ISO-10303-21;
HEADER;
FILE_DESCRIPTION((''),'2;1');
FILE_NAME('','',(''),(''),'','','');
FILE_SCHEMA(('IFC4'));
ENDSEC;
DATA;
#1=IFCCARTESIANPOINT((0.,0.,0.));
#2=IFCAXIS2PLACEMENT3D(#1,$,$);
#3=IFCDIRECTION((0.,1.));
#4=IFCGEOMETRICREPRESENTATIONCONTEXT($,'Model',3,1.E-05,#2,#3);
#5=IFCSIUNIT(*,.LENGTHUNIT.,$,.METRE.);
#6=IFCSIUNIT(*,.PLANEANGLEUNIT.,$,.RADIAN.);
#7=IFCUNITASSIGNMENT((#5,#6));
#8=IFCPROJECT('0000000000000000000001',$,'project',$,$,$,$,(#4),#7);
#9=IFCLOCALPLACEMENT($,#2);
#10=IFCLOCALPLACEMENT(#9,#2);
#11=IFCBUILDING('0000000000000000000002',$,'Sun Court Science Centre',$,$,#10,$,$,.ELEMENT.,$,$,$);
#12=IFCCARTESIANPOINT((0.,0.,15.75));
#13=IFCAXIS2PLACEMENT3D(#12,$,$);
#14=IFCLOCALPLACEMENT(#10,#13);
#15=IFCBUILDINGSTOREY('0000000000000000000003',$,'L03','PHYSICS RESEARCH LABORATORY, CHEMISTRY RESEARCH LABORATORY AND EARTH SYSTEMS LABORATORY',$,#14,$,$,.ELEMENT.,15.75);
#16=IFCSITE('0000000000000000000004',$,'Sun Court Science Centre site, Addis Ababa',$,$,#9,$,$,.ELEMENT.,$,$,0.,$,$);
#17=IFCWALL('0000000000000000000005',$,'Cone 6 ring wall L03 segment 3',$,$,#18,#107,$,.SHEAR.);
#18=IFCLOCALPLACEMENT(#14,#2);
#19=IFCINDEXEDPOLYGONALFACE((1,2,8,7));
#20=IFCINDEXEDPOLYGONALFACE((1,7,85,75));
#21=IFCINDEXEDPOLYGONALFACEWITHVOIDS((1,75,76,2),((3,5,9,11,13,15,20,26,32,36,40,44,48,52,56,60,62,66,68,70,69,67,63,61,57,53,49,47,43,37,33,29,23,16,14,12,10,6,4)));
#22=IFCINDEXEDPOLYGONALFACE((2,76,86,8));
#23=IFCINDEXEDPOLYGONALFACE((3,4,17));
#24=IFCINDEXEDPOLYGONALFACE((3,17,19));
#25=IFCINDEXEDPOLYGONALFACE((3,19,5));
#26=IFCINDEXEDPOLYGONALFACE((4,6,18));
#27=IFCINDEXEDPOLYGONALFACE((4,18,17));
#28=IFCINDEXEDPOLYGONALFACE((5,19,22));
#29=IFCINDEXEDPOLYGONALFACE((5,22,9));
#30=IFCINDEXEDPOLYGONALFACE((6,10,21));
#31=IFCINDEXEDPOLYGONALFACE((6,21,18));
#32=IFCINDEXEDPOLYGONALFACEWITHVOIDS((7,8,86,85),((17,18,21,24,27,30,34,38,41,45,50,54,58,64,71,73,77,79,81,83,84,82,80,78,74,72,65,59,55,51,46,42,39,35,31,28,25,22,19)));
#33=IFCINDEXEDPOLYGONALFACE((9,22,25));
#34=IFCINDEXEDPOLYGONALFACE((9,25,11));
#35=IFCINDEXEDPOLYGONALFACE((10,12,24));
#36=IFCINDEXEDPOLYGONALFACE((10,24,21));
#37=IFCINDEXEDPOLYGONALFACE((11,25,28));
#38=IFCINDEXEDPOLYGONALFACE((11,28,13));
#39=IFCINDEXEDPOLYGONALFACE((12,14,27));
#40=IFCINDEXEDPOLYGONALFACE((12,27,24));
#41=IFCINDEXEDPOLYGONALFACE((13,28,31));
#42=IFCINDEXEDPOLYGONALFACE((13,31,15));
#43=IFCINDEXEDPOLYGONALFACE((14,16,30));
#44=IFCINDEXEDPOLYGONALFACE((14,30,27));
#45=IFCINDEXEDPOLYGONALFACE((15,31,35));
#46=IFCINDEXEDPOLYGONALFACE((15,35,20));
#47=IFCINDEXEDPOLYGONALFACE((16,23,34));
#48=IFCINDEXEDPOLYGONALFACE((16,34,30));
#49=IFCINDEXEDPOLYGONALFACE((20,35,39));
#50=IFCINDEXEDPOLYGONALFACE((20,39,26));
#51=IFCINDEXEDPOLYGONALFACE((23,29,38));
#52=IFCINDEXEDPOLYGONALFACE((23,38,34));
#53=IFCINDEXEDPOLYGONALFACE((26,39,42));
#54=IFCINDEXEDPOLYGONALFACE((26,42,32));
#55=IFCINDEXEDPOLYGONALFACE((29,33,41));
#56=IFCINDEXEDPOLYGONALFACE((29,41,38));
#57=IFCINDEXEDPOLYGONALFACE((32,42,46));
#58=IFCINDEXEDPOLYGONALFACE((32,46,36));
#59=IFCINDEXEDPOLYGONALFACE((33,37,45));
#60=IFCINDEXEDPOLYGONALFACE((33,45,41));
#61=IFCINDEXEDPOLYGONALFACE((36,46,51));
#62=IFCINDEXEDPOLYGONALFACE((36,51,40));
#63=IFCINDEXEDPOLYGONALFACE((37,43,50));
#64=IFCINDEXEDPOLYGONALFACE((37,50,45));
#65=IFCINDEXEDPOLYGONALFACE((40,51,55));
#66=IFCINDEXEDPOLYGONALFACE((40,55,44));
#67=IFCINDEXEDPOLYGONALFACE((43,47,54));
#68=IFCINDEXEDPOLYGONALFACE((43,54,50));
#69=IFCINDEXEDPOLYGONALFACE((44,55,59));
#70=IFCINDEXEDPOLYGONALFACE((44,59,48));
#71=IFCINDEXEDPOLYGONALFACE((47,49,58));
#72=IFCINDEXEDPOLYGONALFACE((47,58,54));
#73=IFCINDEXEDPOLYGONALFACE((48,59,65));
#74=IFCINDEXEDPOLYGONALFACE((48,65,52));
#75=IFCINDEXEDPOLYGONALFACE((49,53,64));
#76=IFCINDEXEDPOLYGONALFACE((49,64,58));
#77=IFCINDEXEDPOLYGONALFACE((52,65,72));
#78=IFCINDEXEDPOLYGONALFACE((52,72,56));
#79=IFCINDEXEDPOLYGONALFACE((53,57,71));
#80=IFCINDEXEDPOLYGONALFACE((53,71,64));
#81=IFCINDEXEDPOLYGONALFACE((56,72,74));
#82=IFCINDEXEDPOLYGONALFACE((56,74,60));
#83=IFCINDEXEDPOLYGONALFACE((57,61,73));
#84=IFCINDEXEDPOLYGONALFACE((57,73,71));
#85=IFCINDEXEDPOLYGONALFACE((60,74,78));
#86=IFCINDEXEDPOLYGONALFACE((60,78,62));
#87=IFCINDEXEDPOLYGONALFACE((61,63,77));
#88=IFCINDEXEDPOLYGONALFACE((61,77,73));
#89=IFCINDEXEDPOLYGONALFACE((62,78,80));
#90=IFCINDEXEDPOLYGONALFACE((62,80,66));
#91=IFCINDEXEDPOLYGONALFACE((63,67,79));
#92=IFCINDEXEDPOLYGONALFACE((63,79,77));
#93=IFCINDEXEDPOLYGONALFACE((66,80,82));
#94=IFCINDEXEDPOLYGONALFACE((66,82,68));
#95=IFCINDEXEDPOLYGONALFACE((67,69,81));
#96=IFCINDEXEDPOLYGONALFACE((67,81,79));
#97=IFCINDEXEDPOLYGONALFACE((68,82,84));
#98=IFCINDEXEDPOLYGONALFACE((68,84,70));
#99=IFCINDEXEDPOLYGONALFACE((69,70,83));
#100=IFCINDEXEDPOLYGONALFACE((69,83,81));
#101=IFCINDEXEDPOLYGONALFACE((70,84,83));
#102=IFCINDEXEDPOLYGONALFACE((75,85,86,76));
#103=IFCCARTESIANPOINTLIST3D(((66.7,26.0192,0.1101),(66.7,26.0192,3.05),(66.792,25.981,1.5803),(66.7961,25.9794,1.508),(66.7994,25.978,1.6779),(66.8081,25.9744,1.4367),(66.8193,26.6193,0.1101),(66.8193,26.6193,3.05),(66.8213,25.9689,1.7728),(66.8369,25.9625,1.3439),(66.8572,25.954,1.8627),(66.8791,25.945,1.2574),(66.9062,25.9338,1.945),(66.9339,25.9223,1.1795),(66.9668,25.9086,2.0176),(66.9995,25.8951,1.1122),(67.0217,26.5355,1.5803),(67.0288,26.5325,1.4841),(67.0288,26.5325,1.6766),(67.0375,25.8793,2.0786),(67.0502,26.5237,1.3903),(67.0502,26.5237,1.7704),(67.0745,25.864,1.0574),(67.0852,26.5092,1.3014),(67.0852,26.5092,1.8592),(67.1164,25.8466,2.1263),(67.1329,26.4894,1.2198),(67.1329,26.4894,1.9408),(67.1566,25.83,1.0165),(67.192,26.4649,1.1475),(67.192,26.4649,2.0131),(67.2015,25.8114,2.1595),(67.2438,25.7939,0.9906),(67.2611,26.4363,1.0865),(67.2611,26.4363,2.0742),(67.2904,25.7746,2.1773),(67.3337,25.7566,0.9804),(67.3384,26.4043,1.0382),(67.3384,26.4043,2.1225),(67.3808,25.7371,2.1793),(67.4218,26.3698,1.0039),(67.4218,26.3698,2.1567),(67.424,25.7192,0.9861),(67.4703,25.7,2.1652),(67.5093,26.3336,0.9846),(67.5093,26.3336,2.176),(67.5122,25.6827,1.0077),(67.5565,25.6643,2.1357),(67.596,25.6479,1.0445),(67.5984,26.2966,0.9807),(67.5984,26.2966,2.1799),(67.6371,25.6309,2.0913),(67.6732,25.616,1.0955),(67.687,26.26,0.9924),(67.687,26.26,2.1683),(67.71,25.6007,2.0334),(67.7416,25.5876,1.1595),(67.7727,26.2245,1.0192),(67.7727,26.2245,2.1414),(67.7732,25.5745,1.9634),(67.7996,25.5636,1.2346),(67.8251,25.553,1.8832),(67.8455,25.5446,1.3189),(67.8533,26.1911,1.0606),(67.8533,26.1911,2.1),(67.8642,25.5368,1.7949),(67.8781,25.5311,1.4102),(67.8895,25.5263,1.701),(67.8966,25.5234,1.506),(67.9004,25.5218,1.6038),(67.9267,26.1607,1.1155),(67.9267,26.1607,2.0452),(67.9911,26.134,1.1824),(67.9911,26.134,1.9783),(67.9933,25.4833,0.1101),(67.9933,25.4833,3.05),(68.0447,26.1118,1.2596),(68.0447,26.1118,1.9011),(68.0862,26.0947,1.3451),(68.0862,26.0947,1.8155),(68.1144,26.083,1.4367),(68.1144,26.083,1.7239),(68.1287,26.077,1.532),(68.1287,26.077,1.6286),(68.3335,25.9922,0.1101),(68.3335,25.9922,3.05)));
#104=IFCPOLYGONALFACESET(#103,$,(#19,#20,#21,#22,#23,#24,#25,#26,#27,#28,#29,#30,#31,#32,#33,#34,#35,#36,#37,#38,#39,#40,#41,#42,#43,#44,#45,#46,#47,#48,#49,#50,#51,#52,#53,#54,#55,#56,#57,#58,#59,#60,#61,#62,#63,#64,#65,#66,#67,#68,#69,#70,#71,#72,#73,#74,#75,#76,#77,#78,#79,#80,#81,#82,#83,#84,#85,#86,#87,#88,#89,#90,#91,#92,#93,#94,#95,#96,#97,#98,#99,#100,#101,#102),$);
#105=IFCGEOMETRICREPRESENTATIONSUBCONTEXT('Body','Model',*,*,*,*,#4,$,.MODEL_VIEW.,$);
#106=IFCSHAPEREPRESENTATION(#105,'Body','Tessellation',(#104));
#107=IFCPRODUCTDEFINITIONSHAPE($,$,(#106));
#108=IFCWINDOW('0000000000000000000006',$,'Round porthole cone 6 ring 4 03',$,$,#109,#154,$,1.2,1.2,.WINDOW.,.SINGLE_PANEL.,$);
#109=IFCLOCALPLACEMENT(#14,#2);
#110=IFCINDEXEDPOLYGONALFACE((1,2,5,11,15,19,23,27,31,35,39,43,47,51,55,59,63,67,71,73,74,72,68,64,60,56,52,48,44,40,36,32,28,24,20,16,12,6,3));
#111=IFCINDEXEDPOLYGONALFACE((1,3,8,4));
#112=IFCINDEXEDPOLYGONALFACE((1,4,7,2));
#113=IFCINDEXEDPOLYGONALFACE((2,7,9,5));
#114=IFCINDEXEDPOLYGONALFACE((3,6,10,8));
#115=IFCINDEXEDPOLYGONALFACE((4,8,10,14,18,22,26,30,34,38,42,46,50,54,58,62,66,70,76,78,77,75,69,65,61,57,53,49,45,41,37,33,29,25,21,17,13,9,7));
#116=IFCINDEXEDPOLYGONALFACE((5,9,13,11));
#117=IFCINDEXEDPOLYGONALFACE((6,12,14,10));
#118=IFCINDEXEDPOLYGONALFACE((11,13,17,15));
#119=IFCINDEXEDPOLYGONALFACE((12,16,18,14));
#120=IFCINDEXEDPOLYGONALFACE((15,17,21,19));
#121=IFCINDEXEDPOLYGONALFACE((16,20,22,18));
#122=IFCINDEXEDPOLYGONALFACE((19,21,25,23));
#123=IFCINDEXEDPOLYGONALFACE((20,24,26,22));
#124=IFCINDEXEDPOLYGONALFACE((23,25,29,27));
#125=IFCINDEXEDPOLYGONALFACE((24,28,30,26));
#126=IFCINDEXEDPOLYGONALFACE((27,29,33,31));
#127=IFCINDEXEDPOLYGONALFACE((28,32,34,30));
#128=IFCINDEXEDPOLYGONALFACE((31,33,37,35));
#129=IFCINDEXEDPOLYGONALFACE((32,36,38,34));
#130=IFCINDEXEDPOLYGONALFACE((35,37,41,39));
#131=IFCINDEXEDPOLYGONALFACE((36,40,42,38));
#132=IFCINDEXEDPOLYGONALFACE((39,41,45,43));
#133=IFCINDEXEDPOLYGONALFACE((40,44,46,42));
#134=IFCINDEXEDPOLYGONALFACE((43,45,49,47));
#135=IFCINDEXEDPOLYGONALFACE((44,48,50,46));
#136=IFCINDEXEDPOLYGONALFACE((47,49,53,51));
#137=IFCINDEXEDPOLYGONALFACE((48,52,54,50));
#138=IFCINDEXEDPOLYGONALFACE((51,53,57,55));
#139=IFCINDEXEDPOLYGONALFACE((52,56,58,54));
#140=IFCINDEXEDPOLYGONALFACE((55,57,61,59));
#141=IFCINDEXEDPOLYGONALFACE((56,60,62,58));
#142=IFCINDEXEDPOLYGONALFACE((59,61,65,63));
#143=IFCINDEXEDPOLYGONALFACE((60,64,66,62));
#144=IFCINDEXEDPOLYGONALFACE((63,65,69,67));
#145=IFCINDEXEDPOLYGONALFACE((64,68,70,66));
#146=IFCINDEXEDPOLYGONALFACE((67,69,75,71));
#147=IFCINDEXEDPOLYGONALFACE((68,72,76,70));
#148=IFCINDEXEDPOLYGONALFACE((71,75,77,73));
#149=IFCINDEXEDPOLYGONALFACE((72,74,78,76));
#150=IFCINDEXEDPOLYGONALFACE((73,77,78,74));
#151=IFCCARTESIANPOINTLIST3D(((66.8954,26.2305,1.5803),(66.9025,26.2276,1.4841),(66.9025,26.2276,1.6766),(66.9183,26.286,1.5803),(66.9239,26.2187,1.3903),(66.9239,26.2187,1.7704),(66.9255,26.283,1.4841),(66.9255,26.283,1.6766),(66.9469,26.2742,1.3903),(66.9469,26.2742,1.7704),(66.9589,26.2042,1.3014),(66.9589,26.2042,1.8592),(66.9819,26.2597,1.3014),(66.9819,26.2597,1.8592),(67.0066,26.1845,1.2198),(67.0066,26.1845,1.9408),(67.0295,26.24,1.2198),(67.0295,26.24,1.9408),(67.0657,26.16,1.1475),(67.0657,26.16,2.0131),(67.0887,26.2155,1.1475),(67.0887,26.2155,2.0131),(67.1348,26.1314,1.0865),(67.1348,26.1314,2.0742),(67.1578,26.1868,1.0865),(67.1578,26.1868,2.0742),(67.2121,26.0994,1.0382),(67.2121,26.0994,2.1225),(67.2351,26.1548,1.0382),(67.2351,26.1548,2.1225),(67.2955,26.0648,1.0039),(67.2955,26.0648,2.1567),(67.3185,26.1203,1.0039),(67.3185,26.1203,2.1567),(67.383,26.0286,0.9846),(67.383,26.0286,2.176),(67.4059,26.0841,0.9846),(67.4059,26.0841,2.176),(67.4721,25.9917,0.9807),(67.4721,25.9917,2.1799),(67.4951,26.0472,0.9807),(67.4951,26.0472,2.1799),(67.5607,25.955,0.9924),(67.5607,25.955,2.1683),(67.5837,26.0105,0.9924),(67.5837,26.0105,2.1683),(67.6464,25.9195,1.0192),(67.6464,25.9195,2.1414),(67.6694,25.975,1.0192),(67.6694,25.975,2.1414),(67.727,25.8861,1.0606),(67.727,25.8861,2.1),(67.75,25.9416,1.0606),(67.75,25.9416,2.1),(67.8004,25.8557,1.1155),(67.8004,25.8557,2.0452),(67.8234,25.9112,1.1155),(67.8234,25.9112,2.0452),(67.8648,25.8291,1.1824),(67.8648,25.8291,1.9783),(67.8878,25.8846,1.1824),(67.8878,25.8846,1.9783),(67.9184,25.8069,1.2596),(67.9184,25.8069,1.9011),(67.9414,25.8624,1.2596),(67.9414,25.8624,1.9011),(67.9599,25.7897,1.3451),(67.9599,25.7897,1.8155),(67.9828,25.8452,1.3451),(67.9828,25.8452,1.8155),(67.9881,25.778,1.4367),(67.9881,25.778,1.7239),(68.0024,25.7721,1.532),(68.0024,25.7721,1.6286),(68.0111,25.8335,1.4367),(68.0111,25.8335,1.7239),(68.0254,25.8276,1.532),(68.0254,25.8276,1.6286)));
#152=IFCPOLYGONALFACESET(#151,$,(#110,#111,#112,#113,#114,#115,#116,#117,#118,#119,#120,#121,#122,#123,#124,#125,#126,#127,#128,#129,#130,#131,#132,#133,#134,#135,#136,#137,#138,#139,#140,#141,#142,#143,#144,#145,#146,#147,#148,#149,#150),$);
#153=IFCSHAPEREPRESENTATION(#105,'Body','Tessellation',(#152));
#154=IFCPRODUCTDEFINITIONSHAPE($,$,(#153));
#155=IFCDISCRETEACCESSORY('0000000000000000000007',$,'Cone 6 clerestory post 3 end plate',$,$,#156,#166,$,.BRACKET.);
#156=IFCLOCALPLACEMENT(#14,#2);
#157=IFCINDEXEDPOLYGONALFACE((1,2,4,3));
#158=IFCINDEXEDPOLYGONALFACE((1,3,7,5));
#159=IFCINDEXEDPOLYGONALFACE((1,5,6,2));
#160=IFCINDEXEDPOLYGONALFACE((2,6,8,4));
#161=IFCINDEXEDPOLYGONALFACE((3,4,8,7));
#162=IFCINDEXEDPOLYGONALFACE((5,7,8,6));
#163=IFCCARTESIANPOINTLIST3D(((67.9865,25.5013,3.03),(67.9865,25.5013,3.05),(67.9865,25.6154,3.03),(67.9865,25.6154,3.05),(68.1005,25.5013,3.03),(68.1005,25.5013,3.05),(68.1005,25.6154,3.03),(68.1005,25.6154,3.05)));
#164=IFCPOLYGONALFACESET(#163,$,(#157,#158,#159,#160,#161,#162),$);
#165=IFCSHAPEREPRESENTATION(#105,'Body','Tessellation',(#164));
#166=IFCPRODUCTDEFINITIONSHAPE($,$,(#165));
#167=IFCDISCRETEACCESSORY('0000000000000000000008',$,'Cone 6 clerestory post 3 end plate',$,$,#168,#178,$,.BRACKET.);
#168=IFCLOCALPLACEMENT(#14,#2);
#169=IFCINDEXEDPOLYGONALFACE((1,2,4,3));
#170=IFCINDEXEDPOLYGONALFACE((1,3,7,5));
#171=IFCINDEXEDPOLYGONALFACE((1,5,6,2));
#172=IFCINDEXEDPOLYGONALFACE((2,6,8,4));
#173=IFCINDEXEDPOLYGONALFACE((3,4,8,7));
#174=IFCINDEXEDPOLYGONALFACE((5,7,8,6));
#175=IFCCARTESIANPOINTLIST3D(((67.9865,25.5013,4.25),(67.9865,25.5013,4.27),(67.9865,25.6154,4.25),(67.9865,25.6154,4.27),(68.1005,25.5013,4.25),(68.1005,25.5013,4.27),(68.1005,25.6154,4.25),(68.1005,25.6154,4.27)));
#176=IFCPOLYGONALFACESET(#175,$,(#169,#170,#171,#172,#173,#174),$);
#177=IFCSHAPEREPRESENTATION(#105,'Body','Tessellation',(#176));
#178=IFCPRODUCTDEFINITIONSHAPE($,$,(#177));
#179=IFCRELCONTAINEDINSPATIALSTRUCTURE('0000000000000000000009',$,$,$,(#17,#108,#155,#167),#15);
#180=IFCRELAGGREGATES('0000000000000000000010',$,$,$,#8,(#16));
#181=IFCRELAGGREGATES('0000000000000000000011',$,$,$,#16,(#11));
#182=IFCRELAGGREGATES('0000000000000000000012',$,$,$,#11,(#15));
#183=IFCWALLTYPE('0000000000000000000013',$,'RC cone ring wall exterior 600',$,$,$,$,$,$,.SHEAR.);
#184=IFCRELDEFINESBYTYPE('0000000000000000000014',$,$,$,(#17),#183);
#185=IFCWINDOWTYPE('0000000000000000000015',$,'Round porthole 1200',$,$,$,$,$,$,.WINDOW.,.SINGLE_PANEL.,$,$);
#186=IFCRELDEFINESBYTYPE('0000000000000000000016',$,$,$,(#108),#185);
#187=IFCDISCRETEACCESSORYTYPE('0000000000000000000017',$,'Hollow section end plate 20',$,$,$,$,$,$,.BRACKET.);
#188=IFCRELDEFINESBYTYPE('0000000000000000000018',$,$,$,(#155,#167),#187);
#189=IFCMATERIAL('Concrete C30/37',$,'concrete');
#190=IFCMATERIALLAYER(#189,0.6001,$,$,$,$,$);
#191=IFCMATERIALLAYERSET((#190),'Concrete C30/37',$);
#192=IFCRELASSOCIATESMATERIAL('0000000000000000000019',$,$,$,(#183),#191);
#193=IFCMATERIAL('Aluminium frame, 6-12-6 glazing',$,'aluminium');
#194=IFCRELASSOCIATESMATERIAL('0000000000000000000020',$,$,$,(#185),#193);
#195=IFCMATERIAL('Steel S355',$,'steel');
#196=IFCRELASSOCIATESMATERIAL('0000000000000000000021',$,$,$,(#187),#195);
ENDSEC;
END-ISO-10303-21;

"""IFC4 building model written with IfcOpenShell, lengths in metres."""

from ifc_helpers import new_model, si_unit, direction, frame, frame_2d, origin, origin_2d, place, context, subcontext, project, spatial, polyline, rectangle, circle, outline, extrude, material, layer, layer_set, type_object, element, fill, save


model = new_model("IFC4")

# Units and contexts
model_context = context("Model", 3, precision=1e-05, world=origin(), true_north=direction((0.0, 1.0)))
body_context = subcontext(model_context, "Body", "Model", "MODEL_VIEW")
ifc_project = project(units=[si_unit("LENGTHUNIT", "METRE"), si_unit("PLANEANGLEUNIT", "RADIAN")], contexts=[model_context])

# Site, building, storey
site_placement = place(None, origin())
site = spatial("IfcSite", under=ifc_project, at=site_placement, Name="Sun Court Science Centre site, Addis Ababa", CompositionType="ELEMENT", RefElevation=0.0)
building_placement = place(site_placement, origin())
building = spatial("IfcBuilding", under=site, at=building_placement, Name="Sun Court Science Centre", CompositionType="ELEMENT")
storey_placement = place(building_placement, frame((0.0, 0.0, 15.75)))
storey = spatial("IfcBuildingStorey", under=building, at=storey_placement, Name="L03", Description="PHYSICS RESEARCH LABORATORY, CHEMISTRY RESEARCH LABORATORY AND EARTH SYSTEMS LABORATORY", CompositionType="ELEMENT", Elevation=15.75)

# Shared definitions
ifc_material_1 = material(Name="Concrete C30/37", Category="concrete")
ifc_layer_1 = layer(ifc_material_1, 0.6001)
ifc_layer_set_1 = layer_set([ifc_layer_1], Name="Concrete C30/37")
wall_type = type_object("IfcWallType", Name="RC cone ring wall exterior 600", PredefinedType="SHEAR", material=ifc_layer_set_1)

# Wall, opening, window
wall_1_placement = place(storey_placement, frame((68.2185, 25.7151, 0.1101), z_axis=(0.0, 0.0, 1.0), x_axis=(-0.923908, 0.382615, 0.0)))
wall_1 = element("IfcWall", 1, at=wall_1_placement, inside=storey, type_object=wall_type, Name="Cone 6 ring wall L03 segment 3", PredefinedType="SHEAR", context=body_context, shape_type="SweptSolid", body=[
    extrude(outline(polyline([(-0.0002, -0.3), (1.6387, -0.3), (1.5193, 0.3), (0.1194, 0.3003), (-0.0002, -0.3)])), origin(), (0.0, 0.0, 1.0), 2.9399),
])
opening_placement = place(wall_1_placement, frame((0.2195, 0.0, 0.8701)))
opening = element("IfcOpeningElement", 2, at=opening_placement, cuts=wall_1, PredefinedType="OPENING", context=body_context, shape_type="SweptSolid", body=[
    extrude(circle(Radius=0.6001, at=frame_2d((0.6001, 0.6001))), frame((0.0, 0.3101, 0.0), z_axis=(0.0, -1.0, 0.0), x_axis=(1.0, 0.0, 0.0)), (0.0, 0.0, 1.0), 0.6201),
])
ifc_material_2 = material(Name="Aluminium frame, 6-12-6 glazing", Category="aluminium")
window_type = type_object("IfcWindowType", Name="Round porthole 1200", PartitioningType="SINGLE_PANEL", PredefinedType="WINDOW", material=ifc_material_2)
window_placement = place(opening_placement, origin())
window = element("IfcWindow", 3, at=window_placement, inside=storey, type_object=window_type, Name="Round porthole cone 6 ring 4 03", OverallHeight=1.2, OverallWidth=1.2, PartitioningType="SINGLE_PANEL", PredefinedType="WINDOW", context=body_context, shape_type="SweptSolid", body=[
    extrude(circle(Radius=0.6001, at=frame_2d((0.6001, 0.6001))), frame((0.0, 0.03, 0.0), z_axis=(0.0, -1.0, 0.0), x_axis=(1.0, 0.0, 0.0)), (0.0, 0.0, 1.0), 0.0601),
])
fill(opening, window)

# Discrete accessories
ifc_material_3 = material(Name="Steel S355", Category="steel")
discrete_accessory_type = type_object("IfcDiscreteAccessoryType", Name="Hollow section end plate 20", PredefinedType="BRACKET", material=ifc_material_3)
for number, where, z_axis, x_axis, name in (
    (4, (68.0435, 25.5583, 3.03), (0.0, 0.0, 1.0), (1.0, 0.0, 0.0), "Cone 6 clerestory post 3 end plate"),
    (5, (68.0435, 25.5583, 4.25), (0.0, 0.0, 1.0), (1.0, 0.0, 0.0), "Cone 6 clerestory post 3 end plate"),
):
    element("IfcDiscreteAccessory", number, at=place(storey_placement, frame(where, z_axis=z_axis, x_axis=x_axis)), inside=storey, type_object=discrete_accessory_type, Name=name, PredefinedType="BRACKET", context=body_context, shape_type="SweptSolid", body=[
        extrude(rectangle(XDim=0.114, YDim=0.114, at=origin_2d()), origin(), (0.0, 0.0, 1.0), 0.02),
    ])

save(model, "model.ifc")
